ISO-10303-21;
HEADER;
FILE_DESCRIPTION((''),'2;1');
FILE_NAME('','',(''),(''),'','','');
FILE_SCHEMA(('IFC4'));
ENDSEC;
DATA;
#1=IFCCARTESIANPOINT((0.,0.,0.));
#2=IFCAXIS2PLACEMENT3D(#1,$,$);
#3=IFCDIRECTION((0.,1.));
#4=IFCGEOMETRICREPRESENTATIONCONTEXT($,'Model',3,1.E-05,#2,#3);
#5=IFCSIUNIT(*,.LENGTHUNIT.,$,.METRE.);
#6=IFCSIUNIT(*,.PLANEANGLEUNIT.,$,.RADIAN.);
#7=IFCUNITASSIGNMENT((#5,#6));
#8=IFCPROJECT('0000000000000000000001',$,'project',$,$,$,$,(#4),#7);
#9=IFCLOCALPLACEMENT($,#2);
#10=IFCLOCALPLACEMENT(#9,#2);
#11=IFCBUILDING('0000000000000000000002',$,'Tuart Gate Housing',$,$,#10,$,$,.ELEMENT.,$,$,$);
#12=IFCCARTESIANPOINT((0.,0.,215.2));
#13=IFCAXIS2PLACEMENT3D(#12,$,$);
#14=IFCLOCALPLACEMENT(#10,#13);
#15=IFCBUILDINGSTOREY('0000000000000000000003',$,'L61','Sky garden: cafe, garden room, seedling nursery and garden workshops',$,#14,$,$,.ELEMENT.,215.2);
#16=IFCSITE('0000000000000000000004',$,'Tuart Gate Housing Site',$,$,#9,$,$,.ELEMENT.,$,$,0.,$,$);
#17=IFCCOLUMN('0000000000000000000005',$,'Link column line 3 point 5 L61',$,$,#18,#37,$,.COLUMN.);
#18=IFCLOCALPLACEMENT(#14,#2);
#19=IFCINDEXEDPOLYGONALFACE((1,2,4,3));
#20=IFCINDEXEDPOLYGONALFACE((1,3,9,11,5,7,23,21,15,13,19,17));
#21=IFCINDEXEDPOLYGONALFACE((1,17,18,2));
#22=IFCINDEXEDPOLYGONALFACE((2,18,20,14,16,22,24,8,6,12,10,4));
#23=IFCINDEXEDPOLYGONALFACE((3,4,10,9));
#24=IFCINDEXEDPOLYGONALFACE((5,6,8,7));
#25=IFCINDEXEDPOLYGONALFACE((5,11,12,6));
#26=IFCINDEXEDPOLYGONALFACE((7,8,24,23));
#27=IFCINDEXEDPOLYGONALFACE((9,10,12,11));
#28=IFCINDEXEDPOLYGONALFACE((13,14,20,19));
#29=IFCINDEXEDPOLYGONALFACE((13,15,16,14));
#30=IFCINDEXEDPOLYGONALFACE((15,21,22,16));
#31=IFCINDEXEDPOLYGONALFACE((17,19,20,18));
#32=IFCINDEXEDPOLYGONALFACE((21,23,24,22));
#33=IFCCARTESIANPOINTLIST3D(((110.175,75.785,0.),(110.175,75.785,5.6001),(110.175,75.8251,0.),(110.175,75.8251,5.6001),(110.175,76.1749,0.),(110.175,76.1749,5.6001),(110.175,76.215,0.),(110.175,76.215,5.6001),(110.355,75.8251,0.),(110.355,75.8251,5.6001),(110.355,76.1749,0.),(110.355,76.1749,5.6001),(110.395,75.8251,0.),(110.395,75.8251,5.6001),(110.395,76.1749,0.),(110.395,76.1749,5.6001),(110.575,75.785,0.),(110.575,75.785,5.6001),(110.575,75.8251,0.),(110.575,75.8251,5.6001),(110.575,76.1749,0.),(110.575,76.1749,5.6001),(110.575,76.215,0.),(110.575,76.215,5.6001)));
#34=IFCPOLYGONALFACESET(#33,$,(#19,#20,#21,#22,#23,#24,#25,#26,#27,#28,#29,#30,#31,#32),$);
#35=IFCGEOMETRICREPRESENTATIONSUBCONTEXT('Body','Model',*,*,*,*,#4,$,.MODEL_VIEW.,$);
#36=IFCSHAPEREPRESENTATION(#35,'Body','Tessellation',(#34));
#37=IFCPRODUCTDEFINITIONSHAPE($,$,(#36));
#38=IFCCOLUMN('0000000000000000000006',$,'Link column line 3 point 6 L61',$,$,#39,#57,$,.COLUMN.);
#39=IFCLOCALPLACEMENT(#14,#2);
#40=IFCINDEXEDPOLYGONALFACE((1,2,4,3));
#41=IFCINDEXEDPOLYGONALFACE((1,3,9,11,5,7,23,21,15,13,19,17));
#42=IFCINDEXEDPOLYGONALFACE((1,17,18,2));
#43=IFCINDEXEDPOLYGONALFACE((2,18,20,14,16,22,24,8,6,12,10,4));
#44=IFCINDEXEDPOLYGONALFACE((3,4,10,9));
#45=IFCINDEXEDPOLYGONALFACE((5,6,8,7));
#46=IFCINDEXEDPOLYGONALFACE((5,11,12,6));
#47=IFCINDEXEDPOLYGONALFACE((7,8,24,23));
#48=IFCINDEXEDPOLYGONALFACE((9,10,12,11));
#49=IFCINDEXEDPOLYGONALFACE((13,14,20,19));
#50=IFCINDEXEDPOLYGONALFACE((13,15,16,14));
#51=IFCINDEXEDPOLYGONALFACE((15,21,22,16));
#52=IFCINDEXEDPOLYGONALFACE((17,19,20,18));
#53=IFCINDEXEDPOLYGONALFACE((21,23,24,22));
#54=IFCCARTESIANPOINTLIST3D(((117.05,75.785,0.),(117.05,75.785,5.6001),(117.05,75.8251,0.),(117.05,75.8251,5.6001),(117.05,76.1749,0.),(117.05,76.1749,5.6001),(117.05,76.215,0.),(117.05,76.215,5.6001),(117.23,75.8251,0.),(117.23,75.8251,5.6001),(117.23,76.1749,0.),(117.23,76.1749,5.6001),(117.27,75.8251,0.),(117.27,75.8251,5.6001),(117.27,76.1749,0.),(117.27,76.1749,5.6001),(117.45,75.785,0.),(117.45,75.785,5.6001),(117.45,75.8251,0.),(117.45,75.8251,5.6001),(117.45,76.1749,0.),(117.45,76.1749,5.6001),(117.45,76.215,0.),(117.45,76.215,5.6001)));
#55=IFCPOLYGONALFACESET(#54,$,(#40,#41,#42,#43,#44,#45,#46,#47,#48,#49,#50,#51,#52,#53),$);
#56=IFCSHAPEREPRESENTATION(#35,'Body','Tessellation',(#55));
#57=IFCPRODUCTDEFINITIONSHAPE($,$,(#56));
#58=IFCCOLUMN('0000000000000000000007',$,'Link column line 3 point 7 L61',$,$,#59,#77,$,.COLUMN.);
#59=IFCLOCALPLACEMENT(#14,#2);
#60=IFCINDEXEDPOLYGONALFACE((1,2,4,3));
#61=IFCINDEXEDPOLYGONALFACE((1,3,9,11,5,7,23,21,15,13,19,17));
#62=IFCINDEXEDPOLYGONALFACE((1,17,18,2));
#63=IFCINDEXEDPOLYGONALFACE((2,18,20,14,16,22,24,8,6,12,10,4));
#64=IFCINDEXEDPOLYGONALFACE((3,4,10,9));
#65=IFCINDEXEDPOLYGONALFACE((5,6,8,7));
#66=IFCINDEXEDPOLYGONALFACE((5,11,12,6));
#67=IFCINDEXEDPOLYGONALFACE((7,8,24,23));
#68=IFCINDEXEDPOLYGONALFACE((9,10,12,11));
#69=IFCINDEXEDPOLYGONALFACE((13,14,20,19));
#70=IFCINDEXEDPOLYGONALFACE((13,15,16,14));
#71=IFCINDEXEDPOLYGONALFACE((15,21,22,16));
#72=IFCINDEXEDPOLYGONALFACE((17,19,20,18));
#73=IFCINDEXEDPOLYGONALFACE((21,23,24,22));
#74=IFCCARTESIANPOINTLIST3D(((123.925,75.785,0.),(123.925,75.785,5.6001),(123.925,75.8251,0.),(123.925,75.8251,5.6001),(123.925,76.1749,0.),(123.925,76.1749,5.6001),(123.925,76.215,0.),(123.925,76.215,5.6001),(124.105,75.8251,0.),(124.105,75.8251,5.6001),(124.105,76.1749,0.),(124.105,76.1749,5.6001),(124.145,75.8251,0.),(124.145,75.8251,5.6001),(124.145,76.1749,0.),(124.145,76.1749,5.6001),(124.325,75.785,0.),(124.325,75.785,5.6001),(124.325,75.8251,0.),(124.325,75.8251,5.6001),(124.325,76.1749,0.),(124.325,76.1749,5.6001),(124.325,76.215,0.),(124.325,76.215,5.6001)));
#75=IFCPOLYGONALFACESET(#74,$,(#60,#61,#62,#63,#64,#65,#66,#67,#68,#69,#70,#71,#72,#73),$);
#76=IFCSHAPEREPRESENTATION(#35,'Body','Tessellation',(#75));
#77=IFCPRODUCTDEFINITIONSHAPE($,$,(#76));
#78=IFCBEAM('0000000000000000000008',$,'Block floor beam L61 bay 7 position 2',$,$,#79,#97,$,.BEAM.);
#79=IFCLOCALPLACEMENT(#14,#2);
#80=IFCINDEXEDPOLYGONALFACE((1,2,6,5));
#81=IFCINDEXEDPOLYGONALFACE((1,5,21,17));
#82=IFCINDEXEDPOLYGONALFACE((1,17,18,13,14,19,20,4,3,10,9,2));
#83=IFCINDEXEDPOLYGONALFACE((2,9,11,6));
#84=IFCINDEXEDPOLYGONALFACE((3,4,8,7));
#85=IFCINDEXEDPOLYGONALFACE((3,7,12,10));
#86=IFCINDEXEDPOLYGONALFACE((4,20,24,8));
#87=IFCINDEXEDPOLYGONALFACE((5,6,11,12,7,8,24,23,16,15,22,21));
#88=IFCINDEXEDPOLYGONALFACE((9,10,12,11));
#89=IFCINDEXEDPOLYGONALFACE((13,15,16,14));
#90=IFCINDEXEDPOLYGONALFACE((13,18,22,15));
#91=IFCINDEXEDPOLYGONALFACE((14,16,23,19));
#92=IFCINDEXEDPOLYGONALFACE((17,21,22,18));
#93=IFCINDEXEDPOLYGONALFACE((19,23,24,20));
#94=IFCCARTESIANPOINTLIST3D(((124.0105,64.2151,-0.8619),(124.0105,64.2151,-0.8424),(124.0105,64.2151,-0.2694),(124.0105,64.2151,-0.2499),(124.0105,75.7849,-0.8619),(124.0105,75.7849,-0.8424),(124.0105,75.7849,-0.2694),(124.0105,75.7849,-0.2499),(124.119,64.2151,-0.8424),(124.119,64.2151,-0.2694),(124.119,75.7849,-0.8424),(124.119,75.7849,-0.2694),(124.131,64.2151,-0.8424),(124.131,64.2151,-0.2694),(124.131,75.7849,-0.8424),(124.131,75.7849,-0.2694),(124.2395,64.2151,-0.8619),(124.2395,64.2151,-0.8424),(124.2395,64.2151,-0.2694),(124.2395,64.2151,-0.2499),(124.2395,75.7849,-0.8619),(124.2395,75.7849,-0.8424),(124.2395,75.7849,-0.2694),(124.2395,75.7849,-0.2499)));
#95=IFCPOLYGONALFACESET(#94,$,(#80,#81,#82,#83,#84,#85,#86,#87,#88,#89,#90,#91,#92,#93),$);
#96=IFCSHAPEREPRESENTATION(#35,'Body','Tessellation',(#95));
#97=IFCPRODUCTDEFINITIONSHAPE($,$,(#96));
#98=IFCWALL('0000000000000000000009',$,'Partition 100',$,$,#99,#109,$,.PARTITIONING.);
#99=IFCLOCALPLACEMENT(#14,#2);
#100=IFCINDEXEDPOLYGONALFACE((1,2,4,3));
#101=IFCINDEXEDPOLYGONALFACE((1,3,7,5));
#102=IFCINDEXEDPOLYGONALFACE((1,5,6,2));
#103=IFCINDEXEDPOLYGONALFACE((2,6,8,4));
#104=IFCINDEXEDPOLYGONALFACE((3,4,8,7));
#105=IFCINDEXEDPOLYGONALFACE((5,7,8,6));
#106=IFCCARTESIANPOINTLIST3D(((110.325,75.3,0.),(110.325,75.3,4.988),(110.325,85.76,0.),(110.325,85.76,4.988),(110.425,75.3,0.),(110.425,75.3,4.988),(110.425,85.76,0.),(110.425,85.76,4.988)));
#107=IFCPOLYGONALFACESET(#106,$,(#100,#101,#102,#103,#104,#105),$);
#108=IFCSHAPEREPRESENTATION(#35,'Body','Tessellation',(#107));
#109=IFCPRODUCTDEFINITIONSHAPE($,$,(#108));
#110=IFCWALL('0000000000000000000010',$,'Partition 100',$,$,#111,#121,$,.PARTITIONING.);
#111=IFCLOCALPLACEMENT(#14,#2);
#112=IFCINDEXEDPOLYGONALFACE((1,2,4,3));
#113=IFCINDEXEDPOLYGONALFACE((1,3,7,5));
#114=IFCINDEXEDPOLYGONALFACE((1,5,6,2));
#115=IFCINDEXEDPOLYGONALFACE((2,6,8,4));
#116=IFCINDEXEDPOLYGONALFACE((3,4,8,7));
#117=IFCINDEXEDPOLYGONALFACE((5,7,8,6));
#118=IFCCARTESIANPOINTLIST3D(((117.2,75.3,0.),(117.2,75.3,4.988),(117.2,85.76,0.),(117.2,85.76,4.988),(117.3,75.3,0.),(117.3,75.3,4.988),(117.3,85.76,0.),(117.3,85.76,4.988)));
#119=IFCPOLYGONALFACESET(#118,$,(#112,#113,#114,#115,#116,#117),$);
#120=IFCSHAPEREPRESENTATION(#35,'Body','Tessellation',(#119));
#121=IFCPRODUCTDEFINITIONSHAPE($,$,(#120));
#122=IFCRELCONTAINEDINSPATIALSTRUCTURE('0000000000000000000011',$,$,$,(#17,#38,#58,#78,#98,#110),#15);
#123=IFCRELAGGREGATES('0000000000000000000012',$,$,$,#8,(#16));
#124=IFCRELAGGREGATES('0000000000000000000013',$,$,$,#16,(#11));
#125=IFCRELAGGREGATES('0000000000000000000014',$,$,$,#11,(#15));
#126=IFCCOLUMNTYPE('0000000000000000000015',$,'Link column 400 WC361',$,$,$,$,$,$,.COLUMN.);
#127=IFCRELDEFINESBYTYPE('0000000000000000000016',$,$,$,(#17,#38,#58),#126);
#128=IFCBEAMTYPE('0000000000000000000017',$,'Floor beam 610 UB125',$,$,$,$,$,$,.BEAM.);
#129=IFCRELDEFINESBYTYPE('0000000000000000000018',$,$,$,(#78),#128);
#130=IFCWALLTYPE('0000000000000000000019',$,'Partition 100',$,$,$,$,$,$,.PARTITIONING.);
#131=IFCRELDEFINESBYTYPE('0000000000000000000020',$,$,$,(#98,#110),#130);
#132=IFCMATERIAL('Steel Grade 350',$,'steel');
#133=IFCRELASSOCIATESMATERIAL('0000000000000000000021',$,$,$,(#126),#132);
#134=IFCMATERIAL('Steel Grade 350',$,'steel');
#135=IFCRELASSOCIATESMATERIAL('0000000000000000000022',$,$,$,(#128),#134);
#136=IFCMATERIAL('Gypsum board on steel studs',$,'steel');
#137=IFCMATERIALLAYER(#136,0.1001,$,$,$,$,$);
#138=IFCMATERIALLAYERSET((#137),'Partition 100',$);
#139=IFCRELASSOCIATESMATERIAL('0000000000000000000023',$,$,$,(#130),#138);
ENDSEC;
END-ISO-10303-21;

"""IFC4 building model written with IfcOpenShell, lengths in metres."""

from ifc_helpers import new_model, si_unit, direction, frame, frame_2d, origin, origin_2d, place, context, subcontext, project, spatial, rectangle, i_section, extrude, material, layer, layer_set, material_profile, profile_set, type_object, element, save


model = new_model("IFC4")

# Units and contexts
model_context = context("Model", 3, precision=1e-05, world=origin(), true_north=direction((0.0, 1.0)))
body_context = subcontext(model_context, "Body", "Model", "MODEL_VIEW")
ifc_project = project(units=[si_unit("LENGTHUNIT", "METRE"), si_unit("PLANEANGLEUNIT", "RADIAN")], contexts=[model_context])

# Site, building, storey
site_placement = place(None, origin())
site = spatial("IfcSite", under=ifc_project, at=site_placement, Name="Tuart Gate Housing Site", CompositionType="ELEMENT", RefElevation=0.0)
building_placement = place(site_placement, origin())
building = spatial("IfcBuilding", under=site, at=building_placement, Name="Tuart Gate Housing", CompositionType="ELEMENT")
storey_placement = place(building_placement, frame((0.0, 0.0, 215.2)))
storey = spatial("IfcBuildingStorey", under=building, at=storey_placement, Name="L61", Description="Sky garden: cafe, garden room, seedling nursery and garden workshops", CompositionType="ELEMENT", Elevation=215.2)

# Columns
ifc_material_1 = material(Name="Steel Grade 350", Category="steel")
ifc_material_profile_1 = material_profile(ifc_material_1, i_section(OverallWidth=0.3999, OverallDepth=0.4299, WebThickness=0.04, FlangeThickness=0.04, at=origin_2d()), Name="400WC361")
ifc_profile_set_1 = profile_set([ifc_material_profile_1], Name="Steel Grade 350")
column_type = type_object("IfcColumnType", Name="Link column 400 WC361", PredefinedType="COLUMN", material=ifc_profile_set_1)
for number, where, z_axis, x_axis, name in (
    (1, (110.375, 76.0, 0.0), (0.0, 0.0, 1.0), (1.0, 0.0, 0.0), "Link column line 3 point 5 L61"),
    (2, (117.25, 76.0, 0.0), (0.0, 0.0, 1.0), (1.0, 0.0, 0.0), "Link column line 3 point 6 L61"),
    (3, (124.125, 76.0, 0.0), (0.0, 0.0, 1.0), (1.0, 0.0, 0.0), "Link column line 3 point 7 L61"),
):
    element("IfcColumn", number, at=place(storey_placement, frame(where, z_axis=z_axis, x_axis=x_axis)), inside=storey, type_object=column_type, Name=name, PredefinedType="COLUMN", context=body_context, shape_type="SweptSolid", body=[
        extrude(i_section(OverallWidth=0.3999, OverallDepth=0.4299, WebThickness=0.04, FlangeThickness=0.04, at=origin_2d()), origin(), (0.0, 0.0, 1.0), 5.6001),
    ])

# Beam
ifc_material_2 = material(Name="Steel Grade 350", Category="steel")
ifc_material_profile_2 = material_profile(ifc_material_2, i_section(OverallWidth=0.229, OverallDepth=0.6121, WebThickness=0.012, FlangeThickness=0.0195, at=origin_2d()), Name="610UB125")
ifc_profile_set_2 = profile_set([ifc_material_profile_2], Name="Steel Grade 350")
beam_type = type_object("IfcBeamType", Name="Floor beam 610 UB125", PredefinedType="BEAM", material=ifc_profile_set_2)
beam_placement = place(storey_placement, frame((124.125, 64.2151, -0.5559), z_axis=(0.0, 1.0, 0.0), x_axis=(-1.0, 0.0, 0.0)))
element("IfcBeam", 4, at=beam_placement, inside=storey, type_object=beam_type, Name="Block floor beam L61 bay 7 position 2", PredefinedType="BEAM", context=body_context, shape_type="SweptSolid", body=[
    extrude(i_section(OverallWidth=0.229, OverallDepth=0.6121, WebThickness=0.012, FlangeThickness=0.0195, at=origin_2d()), origin(), (0.0, 0.0, 1.0), 11.5698),
])

# Walls
ifc_material_3 = material(Name="Gypsum board on steel studs", Category="steel")
ifc_layer = layer(ifc_material_3, 0.1001)
ifc_layer_set = layer_set([ifc_layer], Name="Partition 100")
wall_type = type_object("IfcWallType", Name="Partition 100", PredefinedType="PARTITIONING", material=ifc_layer_set)
for number, where, z_axis, x_axis, name in (
    (5, (110.375, 75.3, 0.0), (0.0, 0.0, 1.0), (0.0, 1.0, 0.0), "Partition 100"),
    (6, (117.25, 75.3, 0.0), (0.0, 0.0, 1.0), (0.0, 1.0, 0.0), "Partition 100"),
):
    element("IfcWall", number, at=place(storey_placement, frame(where, z_axis=z_axis, x_axis=x_axis)), inside=storey, type_object=wall_type, Name=name, PredefinedType="PARTITIONING", context=body_context, shape_type="SweptSolid", body=[
        extrude(rectangle(XDim=10.46, YDim=0.1001, at=frame_2d((5.23, 0.0))), origin(), (0.0, 0.0, 1.0), 4.988),
    ])

save(model, "model.ifc")
